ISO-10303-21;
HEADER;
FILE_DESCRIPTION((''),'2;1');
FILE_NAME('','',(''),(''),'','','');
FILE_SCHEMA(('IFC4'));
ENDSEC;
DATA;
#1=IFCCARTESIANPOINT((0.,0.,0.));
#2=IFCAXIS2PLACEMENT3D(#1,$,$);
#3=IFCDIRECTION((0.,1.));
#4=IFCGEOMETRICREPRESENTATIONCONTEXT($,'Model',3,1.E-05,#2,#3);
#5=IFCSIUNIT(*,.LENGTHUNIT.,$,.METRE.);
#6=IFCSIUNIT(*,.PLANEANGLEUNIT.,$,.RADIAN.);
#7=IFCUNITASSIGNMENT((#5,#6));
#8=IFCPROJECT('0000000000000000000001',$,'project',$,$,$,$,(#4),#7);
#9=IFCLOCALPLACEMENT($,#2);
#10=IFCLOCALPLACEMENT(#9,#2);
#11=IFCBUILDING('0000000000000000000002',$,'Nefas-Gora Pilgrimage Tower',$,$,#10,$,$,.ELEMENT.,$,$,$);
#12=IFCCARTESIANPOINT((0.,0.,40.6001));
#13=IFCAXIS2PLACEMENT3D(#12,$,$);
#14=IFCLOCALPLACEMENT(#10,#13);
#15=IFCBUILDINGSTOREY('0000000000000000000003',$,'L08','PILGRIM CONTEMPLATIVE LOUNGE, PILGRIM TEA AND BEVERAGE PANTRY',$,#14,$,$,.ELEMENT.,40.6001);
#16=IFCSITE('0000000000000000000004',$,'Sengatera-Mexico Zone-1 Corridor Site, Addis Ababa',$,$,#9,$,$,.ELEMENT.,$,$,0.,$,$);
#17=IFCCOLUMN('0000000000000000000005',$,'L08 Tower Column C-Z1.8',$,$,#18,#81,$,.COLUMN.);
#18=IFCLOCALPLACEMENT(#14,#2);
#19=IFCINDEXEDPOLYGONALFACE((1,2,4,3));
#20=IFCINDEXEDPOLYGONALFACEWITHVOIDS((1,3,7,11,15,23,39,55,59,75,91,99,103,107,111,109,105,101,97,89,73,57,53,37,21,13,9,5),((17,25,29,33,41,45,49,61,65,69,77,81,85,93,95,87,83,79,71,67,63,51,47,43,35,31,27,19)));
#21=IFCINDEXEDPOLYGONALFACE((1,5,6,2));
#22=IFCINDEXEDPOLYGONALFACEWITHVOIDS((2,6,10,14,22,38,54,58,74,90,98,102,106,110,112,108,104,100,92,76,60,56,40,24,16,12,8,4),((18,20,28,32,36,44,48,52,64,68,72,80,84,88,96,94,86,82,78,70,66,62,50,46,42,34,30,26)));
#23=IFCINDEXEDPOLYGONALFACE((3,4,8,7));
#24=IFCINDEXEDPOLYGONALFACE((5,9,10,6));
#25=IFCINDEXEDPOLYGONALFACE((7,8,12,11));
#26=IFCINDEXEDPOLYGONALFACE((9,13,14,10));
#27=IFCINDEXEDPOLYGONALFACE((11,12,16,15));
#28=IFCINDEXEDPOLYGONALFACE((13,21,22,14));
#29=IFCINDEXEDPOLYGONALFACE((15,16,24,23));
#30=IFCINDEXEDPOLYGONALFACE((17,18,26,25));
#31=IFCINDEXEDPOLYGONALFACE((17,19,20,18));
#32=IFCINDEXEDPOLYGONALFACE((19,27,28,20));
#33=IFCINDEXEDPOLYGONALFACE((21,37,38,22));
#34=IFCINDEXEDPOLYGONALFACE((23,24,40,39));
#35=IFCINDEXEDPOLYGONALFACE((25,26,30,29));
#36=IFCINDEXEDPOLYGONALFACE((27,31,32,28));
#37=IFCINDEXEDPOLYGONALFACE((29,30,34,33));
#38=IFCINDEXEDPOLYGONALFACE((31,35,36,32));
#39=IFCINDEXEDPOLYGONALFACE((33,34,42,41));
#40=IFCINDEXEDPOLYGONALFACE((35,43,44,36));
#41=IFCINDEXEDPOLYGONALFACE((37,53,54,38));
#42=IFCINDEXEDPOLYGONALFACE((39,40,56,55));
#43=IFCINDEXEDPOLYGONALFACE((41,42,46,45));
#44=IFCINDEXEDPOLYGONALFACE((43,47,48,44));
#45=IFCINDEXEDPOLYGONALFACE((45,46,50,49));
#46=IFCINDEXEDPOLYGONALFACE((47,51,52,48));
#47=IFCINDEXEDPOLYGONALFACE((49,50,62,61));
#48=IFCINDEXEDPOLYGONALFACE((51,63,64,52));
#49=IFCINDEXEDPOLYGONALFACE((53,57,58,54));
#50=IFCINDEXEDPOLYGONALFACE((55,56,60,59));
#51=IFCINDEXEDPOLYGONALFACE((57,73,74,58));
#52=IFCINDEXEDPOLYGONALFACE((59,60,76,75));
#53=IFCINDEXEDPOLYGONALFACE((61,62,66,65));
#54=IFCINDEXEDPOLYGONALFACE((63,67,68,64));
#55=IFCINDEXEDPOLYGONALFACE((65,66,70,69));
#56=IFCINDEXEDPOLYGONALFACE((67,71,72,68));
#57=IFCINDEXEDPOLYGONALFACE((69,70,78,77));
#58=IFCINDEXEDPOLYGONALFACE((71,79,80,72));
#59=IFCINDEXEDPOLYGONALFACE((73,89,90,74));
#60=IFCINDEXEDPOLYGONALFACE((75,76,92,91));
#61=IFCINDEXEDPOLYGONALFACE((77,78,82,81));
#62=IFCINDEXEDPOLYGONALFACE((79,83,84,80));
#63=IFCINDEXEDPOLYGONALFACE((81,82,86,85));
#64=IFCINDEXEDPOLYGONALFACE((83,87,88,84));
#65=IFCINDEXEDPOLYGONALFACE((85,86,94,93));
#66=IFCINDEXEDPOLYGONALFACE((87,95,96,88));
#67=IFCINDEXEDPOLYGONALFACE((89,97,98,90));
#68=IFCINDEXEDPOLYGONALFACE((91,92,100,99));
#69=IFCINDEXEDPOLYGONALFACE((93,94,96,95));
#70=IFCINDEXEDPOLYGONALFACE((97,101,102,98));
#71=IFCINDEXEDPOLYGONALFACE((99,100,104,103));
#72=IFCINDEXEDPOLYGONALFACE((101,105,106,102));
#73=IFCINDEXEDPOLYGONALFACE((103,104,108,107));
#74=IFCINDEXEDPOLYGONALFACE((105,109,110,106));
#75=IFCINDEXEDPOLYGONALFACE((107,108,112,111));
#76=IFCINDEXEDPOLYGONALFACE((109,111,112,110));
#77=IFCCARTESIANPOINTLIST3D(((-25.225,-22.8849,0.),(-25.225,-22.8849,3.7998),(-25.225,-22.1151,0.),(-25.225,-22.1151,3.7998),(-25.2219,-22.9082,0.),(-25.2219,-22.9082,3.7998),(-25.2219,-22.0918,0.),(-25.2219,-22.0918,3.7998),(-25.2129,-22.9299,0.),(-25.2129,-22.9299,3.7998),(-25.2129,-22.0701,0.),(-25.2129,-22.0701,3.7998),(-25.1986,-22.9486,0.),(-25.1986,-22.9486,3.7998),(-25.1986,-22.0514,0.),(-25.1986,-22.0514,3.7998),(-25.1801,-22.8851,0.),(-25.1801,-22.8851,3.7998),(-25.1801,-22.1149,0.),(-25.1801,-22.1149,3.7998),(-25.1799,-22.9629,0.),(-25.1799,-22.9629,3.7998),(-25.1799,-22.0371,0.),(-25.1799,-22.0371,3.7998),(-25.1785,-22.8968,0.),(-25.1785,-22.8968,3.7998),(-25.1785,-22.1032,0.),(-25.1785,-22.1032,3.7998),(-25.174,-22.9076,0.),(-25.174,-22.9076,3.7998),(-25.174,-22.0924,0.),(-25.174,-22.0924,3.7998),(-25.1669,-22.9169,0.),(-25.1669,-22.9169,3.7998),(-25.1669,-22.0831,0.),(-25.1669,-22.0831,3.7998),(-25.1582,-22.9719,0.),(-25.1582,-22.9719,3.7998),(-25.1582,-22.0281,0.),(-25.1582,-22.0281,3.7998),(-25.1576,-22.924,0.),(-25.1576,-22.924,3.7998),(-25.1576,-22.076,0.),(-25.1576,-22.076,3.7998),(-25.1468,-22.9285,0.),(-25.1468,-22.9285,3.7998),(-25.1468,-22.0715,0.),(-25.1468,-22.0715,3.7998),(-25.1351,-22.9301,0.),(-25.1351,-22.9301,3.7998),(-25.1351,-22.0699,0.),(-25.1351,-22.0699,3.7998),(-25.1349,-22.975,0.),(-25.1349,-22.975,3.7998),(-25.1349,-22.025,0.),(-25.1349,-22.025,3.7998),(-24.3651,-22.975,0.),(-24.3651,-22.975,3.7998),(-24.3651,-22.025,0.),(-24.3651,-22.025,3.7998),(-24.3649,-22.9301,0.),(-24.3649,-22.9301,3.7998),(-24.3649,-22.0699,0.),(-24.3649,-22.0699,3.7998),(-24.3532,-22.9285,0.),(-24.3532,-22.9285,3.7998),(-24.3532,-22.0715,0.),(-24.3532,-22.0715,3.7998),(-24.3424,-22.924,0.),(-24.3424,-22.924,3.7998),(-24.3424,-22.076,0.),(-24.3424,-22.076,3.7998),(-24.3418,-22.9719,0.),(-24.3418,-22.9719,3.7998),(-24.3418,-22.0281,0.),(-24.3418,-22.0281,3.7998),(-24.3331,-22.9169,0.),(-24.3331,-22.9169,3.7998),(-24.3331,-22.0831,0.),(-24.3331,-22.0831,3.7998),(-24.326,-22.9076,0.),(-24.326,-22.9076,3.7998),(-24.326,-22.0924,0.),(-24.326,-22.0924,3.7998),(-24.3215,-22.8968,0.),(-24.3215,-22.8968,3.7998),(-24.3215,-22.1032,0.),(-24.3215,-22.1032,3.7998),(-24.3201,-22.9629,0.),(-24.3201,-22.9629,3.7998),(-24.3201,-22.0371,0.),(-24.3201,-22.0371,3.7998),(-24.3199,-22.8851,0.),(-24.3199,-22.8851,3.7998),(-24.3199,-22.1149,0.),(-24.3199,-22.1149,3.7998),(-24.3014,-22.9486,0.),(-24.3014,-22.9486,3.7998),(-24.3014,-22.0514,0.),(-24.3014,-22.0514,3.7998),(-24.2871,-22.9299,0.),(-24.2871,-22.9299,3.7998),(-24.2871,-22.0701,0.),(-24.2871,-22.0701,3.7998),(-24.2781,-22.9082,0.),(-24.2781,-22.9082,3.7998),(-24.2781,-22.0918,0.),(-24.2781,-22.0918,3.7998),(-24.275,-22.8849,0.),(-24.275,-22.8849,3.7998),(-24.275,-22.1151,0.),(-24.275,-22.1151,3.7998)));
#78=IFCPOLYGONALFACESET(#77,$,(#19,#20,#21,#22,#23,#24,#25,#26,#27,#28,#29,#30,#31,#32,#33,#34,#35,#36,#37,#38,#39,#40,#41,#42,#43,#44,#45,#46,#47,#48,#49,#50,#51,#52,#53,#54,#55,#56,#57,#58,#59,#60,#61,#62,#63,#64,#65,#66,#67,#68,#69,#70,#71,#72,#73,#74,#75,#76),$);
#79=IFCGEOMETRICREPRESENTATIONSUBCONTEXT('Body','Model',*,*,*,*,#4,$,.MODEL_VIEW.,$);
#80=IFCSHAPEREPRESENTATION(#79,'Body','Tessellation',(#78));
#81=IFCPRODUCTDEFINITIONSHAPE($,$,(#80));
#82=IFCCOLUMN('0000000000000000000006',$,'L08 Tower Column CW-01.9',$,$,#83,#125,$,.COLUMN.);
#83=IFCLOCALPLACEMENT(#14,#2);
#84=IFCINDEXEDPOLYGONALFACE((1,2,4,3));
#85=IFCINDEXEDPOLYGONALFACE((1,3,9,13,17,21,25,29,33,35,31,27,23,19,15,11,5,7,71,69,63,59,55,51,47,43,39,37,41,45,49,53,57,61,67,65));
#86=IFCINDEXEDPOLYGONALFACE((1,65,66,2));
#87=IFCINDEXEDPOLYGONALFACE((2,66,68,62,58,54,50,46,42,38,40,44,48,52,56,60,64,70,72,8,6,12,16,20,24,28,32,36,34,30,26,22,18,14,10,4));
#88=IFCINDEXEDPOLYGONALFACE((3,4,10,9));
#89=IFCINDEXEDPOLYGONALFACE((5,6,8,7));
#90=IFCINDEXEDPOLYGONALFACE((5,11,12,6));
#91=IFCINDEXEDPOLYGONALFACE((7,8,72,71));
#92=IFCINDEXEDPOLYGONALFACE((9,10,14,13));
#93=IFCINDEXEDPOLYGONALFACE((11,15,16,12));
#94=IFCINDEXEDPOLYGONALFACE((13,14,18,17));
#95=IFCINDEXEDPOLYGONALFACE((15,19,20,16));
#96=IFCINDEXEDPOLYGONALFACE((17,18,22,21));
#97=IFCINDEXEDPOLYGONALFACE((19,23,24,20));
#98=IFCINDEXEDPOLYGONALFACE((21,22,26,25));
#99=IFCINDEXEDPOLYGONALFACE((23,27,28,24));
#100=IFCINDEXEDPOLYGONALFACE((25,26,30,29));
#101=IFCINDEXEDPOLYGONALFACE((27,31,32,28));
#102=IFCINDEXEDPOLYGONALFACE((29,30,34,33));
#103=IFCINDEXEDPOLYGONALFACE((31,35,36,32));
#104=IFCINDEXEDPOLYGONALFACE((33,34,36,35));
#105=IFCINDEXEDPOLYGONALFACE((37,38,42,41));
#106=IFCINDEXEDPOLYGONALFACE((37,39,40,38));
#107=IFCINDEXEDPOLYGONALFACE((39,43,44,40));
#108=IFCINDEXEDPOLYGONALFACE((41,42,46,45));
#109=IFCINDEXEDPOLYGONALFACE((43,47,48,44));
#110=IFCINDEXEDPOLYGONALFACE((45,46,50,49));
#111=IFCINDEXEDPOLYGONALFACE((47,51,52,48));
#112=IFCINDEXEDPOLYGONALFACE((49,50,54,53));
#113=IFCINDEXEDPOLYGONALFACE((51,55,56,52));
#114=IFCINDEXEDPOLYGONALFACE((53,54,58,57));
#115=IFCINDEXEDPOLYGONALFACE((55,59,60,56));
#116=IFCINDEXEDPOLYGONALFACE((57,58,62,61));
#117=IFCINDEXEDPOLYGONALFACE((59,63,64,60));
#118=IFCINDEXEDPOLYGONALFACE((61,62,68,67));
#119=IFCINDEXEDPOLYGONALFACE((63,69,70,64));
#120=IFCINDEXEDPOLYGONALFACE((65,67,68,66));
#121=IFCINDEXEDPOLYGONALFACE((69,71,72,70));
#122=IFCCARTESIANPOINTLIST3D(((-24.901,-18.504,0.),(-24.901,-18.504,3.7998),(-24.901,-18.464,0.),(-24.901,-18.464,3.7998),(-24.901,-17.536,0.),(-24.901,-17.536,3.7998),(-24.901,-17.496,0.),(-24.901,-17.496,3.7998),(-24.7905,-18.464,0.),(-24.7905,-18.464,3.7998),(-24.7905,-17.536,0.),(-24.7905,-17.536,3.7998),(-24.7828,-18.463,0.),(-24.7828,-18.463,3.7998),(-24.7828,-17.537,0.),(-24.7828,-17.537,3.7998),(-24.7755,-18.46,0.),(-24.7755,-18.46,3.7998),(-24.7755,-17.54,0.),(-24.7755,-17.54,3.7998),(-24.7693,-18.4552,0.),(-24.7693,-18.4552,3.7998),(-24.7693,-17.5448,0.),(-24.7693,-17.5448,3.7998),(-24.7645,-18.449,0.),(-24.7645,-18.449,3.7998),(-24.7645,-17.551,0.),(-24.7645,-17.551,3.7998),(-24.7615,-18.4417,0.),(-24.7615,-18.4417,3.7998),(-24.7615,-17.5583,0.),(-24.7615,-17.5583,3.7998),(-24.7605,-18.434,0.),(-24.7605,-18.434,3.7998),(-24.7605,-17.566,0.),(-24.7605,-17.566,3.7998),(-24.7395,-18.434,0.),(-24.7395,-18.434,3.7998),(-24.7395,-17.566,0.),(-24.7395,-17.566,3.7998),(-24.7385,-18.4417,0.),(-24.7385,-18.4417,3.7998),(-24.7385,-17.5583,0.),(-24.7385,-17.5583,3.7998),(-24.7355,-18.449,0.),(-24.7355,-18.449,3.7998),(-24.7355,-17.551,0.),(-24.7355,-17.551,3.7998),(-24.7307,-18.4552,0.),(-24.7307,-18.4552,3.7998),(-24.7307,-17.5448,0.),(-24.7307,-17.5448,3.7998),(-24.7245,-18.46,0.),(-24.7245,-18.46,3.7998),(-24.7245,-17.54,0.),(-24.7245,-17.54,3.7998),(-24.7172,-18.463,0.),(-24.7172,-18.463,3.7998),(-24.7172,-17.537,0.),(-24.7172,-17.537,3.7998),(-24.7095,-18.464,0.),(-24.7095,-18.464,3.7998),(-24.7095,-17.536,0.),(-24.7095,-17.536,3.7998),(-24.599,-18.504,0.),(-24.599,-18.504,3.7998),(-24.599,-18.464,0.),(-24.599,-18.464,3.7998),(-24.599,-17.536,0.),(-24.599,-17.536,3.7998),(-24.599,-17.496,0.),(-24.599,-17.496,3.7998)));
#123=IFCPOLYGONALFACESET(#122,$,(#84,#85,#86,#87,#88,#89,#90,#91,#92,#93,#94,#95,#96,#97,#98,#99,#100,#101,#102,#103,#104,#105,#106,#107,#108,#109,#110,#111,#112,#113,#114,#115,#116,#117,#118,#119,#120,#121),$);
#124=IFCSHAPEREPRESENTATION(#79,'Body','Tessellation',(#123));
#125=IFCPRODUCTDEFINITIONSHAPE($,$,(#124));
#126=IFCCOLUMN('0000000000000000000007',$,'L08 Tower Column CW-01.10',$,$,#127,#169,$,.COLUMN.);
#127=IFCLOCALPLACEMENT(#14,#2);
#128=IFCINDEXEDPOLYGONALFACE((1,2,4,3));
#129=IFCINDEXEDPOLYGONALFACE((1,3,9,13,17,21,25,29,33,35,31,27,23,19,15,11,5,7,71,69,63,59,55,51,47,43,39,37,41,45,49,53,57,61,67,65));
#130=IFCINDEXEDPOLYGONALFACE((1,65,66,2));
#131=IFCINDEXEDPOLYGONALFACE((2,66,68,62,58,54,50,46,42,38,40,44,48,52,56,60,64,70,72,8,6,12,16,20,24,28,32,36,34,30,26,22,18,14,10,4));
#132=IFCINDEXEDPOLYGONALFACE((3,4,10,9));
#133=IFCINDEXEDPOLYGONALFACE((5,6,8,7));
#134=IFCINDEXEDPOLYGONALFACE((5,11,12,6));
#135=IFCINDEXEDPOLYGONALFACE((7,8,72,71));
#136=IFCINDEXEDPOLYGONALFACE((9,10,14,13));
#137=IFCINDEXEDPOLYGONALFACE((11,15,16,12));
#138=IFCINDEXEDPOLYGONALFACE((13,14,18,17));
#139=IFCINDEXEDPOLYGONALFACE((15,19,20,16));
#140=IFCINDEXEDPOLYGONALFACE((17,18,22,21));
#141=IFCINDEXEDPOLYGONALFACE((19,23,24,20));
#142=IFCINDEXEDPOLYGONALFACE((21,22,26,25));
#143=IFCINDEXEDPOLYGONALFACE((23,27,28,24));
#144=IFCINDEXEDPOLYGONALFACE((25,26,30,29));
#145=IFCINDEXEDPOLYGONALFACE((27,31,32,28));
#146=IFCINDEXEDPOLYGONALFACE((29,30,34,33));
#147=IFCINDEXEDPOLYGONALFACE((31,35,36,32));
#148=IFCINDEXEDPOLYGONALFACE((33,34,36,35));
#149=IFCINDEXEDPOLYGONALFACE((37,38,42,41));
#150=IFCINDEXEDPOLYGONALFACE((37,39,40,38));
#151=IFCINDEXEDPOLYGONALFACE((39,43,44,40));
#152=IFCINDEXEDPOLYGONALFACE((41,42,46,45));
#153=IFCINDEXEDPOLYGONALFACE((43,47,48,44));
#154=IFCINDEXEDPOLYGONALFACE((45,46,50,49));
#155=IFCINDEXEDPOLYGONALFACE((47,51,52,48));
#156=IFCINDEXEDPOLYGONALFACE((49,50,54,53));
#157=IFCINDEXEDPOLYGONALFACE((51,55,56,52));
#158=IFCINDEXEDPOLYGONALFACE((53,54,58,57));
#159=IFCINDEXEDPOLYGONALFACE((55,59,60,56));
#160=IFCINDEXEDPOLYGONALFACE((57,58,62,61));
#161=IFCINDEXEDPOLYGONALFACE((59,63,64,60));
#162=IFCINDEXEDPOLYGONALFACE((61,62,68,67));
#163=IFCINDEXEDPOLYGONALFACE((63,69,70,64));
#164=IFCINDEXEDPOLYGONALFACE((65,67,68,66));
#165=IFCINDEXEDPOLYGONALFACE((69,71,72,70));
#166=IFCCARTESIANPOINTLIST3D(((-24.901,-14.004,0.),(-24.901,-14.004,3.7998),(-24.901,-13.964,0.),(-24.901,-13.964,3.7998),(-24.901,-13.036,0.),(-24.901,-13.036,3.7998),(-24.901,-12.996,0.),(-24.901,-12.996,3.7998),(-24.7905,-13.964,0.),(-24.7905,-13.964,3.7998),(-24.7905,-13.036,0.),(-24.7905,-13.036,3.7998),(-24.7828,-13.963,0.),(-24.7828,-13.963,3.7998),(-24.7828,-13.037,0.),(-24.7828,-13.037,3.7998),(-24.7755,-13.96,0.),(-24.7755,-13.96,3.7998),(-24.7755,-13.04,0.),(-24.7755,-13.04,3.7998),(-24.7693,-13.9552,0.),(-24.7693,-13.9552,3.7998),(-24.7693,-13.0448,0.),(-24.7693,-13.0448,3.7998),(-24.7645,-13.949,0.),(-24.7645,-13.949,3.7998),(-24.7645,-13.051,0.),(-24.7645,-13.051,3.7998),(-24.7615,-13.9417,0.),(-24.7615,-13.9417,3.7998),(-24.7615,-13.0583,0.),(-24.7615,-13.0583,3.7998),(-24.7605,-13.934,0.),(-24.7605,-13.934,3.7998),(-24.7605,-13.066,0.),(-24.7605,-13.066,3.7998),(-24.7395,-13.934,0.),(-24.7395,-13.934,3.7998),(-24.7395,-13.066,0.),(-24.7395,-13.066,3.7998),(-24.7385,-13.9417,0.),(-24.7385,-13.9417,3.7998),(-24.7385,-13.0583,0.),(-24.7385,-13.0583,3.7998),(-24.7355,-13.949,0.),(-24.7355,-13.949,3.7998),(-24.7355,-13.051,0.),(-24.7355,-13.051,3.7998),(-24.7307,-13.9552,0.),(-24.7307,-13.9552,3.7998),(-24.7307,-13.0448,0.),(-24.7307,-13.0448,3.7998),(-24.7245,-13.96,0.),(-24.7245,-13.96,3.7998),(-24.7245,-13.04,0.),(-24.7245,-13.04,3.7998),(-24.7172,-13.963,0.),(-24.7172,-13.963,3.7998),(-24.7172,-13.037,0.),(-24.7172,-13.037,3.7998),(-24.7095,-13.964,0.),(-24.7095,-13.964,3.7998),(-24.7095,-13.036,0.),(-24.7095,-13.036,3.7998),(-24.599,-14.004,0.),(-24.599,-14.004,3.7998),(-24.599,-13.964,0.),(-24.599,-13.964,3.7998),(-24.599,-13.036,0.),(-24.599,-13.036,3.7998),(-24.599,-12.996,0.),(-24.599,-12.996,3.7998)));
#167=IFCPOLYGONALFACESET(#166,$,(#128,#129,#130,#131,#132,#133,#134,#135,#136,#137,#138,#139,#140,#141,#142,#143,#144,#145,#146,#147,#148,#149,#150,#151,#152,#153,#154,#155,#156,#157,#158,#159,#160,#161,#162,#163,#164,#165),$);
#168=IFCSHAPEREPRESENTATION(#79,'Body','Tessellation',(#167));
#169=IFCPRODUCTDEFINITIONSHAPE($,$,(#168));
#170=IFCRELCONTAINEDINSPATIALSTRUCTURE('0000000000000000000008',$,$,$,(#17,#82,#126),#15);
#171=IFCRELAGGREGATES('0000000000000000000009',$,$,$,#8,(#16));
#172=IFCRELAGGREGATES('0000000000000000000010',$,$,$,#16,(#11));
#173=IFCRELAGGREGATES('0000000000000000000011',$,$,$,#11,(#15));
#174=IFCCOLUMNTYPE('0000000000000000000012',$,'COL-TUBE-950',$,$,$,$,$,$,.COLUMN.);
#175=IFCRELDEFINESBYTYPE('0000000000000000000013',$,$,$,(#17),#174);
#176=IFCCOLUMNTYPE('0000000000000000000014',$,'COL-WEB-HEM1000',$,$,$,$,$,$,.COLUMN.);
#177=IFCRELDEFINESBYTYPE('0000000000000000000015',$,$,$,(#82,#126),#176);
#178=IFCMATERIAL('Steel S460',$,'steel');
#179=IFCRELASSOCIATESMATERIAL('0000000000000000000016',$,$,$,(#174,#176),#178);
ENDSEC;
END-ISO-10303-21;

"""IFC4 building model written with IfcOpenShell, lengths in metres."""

from ifc_helpers import new_model, si_unit, direction, frame, origin, origin_2d, place, context, subcontext, project, spatial, hollow_rectangle, i_section, extrude, source, transform, mapped, material, material_profile, profile_set, type_object, element, save


model = new_model("IFC4")

# Units and contexts
model_context = context("Model", 3, precision=1e-05, world=origin(), true_north=direction((0.0, 1.0)))
body_context = subcontext(model_context, "Body", "Model", "MODEL_VIEW")
ifc_project = project(units=[si_unit("LENGTHUNIT", "METRE"), si_unit("PLANEANGLEUNIT", "RADIAN")], contexts=[model_context])

# Site, building, storey
site_placement = place(None, origin())
site = spatial("IfcSite", under=ifc_project, at=site_placement, Name="Sengatera-Mexico Zone-1 Corridor Site, Addis Ababa", CompositionType="ELEMENT", RefElevation=0.0)
building_placement = place(site_placement, origin())
building = spatial("IfcBuilding", under=site, at=building_placement, Name="Nefas-Gora Pilgrimage Tower", CompositionType="ELEMENT")
storey_placement = place(building_placement, frame((0.0, 0.0, 40.6001)))
storey = spatial("IfcBuildingStorey", under=building, at=storey_placement, Name="L08", Description="PILGRIM CONTEMPLATIVE LOUNGE, PILGRIM TEA AND BEVERAGE PANTRY", CompositionType="ELEMENT", Elevation=40.6001)

# Columns
ifc_material_1 = material(Name="Steel S460", Category="steel")
ifc_material_profile_1 = material_profile(ifc_material_1, hollow_rectangle(XDim=0.95, YDim=0.95, WallThickness=0.0449, InnerFilletRadius=0.0449, OuterFilletRadius=0.0901, at=origin_2d()), Name="BOX 950x950x45")
ifc_profile_set_1 = profile_set([ifc_material_profile_1], Name="Steel S460")
column_type_1 = type_object("IfcColumnType", Name="COL-TUBE-950", PredefinedType="COLUMN", material=ifc_profile_set_1)
shared_shape_1 = source(origin(), body_context, "Body", "SweptSolid", [
    extrude(hollow_rectangle(XDim=0.95, YDim=0.95, WallThickness=0.0449, InnerFilletRadius=0.0449, OuterFilletRadius=0.0901, at=origin_2d()), origin(), (0.0, 0.0, 1.0), 3.7998),
])
for number, where, z_axis, x_axis, name in (
    (1, (-24.75, -22.5, 0.0), (0.0, 0.0, 1.0), (1.0, 0.0, 0.0), "L08 Tower Column C-Z1.8"),
):
    element("IfcColumn", number, at=place(storey_placement, frame(where, z_axis=z_axis, x_axis=x_axis)), inside=storey, type_object=column_type_1, Name=name, PredefinedType="COLUMN", context=body_context, shape_type="MappedRepresentation", body=[
        mapped(shared_shape_1, transform((0.0, 0.0, 0.0), x_axis=(1.0, 0.0, 0.0), y_axis=(0.0, 1.0, 0.0), z_axis=(0.0, 0.0, 1.0), scale=1.0)),
    ])
ifc_material_profile_2 = material_profile(ifc_material_1, i_section(OverallWidth=0.302, OverallDepth=1.0081, WebThickness=0.021, FlangeThickness=0.04, FilletRadius=0.03, at=origin_2d()), Name="HEM 1000")
ifc_profile_set_2 = profile_set([ifc_material_profile_2], Name="Steel S460")
column_type_2 = type_object("IfcColumnType", Name="COL-WEB-HEM1000", PredefinedType="COLUMN", material=ifc_profile_set_2)
shared_shape_2 = source(origin(), body_context, "Body", "SweptSolid", [
    extrude(i_section(OverallWidth=0.302, OverallDepth=1.0081, WebThickness=0.021, FlangeThickness=0.04, FilletRadius=0.03, at=origin_2d()), origin(), (0.0, 0.0, 1.0), 3.7998),
])
for number, where, z_axis, x_axis, name in (
    (2, (-24.75, -18.0, 0.0), (0.0, 0.0, 1.0), (1.0, 0.0, 0.0), "L08 Tower Column CW-01.9"),
    (3, (-24.75, -13.5, 0.0), (0.0, 0.0, 1.0), (1.0, 0.0, 0.0), "L08 Tower Column CW-01.10"),
):
    element("IfcColumn", number, at=place(storey_placement, frame(where, z_axis=z_axis, x_axis=x_axis)), inside=storey, type_object=column_type_2, Name=name, PredefinedType="COLUMN", context=body_context, shape_type="MappedRepresentation", body=[
        mapped(shared_shape_2, transform((0.0, 0.0, 0.0), x_axis=(1.0, 0.0, 0.0), y_axis=(0.0, 1.0, 0.0), z_axis=(0.0, 0.0, 1.0), scale=1.0)),
    ])

save(model, "model.ifc")
